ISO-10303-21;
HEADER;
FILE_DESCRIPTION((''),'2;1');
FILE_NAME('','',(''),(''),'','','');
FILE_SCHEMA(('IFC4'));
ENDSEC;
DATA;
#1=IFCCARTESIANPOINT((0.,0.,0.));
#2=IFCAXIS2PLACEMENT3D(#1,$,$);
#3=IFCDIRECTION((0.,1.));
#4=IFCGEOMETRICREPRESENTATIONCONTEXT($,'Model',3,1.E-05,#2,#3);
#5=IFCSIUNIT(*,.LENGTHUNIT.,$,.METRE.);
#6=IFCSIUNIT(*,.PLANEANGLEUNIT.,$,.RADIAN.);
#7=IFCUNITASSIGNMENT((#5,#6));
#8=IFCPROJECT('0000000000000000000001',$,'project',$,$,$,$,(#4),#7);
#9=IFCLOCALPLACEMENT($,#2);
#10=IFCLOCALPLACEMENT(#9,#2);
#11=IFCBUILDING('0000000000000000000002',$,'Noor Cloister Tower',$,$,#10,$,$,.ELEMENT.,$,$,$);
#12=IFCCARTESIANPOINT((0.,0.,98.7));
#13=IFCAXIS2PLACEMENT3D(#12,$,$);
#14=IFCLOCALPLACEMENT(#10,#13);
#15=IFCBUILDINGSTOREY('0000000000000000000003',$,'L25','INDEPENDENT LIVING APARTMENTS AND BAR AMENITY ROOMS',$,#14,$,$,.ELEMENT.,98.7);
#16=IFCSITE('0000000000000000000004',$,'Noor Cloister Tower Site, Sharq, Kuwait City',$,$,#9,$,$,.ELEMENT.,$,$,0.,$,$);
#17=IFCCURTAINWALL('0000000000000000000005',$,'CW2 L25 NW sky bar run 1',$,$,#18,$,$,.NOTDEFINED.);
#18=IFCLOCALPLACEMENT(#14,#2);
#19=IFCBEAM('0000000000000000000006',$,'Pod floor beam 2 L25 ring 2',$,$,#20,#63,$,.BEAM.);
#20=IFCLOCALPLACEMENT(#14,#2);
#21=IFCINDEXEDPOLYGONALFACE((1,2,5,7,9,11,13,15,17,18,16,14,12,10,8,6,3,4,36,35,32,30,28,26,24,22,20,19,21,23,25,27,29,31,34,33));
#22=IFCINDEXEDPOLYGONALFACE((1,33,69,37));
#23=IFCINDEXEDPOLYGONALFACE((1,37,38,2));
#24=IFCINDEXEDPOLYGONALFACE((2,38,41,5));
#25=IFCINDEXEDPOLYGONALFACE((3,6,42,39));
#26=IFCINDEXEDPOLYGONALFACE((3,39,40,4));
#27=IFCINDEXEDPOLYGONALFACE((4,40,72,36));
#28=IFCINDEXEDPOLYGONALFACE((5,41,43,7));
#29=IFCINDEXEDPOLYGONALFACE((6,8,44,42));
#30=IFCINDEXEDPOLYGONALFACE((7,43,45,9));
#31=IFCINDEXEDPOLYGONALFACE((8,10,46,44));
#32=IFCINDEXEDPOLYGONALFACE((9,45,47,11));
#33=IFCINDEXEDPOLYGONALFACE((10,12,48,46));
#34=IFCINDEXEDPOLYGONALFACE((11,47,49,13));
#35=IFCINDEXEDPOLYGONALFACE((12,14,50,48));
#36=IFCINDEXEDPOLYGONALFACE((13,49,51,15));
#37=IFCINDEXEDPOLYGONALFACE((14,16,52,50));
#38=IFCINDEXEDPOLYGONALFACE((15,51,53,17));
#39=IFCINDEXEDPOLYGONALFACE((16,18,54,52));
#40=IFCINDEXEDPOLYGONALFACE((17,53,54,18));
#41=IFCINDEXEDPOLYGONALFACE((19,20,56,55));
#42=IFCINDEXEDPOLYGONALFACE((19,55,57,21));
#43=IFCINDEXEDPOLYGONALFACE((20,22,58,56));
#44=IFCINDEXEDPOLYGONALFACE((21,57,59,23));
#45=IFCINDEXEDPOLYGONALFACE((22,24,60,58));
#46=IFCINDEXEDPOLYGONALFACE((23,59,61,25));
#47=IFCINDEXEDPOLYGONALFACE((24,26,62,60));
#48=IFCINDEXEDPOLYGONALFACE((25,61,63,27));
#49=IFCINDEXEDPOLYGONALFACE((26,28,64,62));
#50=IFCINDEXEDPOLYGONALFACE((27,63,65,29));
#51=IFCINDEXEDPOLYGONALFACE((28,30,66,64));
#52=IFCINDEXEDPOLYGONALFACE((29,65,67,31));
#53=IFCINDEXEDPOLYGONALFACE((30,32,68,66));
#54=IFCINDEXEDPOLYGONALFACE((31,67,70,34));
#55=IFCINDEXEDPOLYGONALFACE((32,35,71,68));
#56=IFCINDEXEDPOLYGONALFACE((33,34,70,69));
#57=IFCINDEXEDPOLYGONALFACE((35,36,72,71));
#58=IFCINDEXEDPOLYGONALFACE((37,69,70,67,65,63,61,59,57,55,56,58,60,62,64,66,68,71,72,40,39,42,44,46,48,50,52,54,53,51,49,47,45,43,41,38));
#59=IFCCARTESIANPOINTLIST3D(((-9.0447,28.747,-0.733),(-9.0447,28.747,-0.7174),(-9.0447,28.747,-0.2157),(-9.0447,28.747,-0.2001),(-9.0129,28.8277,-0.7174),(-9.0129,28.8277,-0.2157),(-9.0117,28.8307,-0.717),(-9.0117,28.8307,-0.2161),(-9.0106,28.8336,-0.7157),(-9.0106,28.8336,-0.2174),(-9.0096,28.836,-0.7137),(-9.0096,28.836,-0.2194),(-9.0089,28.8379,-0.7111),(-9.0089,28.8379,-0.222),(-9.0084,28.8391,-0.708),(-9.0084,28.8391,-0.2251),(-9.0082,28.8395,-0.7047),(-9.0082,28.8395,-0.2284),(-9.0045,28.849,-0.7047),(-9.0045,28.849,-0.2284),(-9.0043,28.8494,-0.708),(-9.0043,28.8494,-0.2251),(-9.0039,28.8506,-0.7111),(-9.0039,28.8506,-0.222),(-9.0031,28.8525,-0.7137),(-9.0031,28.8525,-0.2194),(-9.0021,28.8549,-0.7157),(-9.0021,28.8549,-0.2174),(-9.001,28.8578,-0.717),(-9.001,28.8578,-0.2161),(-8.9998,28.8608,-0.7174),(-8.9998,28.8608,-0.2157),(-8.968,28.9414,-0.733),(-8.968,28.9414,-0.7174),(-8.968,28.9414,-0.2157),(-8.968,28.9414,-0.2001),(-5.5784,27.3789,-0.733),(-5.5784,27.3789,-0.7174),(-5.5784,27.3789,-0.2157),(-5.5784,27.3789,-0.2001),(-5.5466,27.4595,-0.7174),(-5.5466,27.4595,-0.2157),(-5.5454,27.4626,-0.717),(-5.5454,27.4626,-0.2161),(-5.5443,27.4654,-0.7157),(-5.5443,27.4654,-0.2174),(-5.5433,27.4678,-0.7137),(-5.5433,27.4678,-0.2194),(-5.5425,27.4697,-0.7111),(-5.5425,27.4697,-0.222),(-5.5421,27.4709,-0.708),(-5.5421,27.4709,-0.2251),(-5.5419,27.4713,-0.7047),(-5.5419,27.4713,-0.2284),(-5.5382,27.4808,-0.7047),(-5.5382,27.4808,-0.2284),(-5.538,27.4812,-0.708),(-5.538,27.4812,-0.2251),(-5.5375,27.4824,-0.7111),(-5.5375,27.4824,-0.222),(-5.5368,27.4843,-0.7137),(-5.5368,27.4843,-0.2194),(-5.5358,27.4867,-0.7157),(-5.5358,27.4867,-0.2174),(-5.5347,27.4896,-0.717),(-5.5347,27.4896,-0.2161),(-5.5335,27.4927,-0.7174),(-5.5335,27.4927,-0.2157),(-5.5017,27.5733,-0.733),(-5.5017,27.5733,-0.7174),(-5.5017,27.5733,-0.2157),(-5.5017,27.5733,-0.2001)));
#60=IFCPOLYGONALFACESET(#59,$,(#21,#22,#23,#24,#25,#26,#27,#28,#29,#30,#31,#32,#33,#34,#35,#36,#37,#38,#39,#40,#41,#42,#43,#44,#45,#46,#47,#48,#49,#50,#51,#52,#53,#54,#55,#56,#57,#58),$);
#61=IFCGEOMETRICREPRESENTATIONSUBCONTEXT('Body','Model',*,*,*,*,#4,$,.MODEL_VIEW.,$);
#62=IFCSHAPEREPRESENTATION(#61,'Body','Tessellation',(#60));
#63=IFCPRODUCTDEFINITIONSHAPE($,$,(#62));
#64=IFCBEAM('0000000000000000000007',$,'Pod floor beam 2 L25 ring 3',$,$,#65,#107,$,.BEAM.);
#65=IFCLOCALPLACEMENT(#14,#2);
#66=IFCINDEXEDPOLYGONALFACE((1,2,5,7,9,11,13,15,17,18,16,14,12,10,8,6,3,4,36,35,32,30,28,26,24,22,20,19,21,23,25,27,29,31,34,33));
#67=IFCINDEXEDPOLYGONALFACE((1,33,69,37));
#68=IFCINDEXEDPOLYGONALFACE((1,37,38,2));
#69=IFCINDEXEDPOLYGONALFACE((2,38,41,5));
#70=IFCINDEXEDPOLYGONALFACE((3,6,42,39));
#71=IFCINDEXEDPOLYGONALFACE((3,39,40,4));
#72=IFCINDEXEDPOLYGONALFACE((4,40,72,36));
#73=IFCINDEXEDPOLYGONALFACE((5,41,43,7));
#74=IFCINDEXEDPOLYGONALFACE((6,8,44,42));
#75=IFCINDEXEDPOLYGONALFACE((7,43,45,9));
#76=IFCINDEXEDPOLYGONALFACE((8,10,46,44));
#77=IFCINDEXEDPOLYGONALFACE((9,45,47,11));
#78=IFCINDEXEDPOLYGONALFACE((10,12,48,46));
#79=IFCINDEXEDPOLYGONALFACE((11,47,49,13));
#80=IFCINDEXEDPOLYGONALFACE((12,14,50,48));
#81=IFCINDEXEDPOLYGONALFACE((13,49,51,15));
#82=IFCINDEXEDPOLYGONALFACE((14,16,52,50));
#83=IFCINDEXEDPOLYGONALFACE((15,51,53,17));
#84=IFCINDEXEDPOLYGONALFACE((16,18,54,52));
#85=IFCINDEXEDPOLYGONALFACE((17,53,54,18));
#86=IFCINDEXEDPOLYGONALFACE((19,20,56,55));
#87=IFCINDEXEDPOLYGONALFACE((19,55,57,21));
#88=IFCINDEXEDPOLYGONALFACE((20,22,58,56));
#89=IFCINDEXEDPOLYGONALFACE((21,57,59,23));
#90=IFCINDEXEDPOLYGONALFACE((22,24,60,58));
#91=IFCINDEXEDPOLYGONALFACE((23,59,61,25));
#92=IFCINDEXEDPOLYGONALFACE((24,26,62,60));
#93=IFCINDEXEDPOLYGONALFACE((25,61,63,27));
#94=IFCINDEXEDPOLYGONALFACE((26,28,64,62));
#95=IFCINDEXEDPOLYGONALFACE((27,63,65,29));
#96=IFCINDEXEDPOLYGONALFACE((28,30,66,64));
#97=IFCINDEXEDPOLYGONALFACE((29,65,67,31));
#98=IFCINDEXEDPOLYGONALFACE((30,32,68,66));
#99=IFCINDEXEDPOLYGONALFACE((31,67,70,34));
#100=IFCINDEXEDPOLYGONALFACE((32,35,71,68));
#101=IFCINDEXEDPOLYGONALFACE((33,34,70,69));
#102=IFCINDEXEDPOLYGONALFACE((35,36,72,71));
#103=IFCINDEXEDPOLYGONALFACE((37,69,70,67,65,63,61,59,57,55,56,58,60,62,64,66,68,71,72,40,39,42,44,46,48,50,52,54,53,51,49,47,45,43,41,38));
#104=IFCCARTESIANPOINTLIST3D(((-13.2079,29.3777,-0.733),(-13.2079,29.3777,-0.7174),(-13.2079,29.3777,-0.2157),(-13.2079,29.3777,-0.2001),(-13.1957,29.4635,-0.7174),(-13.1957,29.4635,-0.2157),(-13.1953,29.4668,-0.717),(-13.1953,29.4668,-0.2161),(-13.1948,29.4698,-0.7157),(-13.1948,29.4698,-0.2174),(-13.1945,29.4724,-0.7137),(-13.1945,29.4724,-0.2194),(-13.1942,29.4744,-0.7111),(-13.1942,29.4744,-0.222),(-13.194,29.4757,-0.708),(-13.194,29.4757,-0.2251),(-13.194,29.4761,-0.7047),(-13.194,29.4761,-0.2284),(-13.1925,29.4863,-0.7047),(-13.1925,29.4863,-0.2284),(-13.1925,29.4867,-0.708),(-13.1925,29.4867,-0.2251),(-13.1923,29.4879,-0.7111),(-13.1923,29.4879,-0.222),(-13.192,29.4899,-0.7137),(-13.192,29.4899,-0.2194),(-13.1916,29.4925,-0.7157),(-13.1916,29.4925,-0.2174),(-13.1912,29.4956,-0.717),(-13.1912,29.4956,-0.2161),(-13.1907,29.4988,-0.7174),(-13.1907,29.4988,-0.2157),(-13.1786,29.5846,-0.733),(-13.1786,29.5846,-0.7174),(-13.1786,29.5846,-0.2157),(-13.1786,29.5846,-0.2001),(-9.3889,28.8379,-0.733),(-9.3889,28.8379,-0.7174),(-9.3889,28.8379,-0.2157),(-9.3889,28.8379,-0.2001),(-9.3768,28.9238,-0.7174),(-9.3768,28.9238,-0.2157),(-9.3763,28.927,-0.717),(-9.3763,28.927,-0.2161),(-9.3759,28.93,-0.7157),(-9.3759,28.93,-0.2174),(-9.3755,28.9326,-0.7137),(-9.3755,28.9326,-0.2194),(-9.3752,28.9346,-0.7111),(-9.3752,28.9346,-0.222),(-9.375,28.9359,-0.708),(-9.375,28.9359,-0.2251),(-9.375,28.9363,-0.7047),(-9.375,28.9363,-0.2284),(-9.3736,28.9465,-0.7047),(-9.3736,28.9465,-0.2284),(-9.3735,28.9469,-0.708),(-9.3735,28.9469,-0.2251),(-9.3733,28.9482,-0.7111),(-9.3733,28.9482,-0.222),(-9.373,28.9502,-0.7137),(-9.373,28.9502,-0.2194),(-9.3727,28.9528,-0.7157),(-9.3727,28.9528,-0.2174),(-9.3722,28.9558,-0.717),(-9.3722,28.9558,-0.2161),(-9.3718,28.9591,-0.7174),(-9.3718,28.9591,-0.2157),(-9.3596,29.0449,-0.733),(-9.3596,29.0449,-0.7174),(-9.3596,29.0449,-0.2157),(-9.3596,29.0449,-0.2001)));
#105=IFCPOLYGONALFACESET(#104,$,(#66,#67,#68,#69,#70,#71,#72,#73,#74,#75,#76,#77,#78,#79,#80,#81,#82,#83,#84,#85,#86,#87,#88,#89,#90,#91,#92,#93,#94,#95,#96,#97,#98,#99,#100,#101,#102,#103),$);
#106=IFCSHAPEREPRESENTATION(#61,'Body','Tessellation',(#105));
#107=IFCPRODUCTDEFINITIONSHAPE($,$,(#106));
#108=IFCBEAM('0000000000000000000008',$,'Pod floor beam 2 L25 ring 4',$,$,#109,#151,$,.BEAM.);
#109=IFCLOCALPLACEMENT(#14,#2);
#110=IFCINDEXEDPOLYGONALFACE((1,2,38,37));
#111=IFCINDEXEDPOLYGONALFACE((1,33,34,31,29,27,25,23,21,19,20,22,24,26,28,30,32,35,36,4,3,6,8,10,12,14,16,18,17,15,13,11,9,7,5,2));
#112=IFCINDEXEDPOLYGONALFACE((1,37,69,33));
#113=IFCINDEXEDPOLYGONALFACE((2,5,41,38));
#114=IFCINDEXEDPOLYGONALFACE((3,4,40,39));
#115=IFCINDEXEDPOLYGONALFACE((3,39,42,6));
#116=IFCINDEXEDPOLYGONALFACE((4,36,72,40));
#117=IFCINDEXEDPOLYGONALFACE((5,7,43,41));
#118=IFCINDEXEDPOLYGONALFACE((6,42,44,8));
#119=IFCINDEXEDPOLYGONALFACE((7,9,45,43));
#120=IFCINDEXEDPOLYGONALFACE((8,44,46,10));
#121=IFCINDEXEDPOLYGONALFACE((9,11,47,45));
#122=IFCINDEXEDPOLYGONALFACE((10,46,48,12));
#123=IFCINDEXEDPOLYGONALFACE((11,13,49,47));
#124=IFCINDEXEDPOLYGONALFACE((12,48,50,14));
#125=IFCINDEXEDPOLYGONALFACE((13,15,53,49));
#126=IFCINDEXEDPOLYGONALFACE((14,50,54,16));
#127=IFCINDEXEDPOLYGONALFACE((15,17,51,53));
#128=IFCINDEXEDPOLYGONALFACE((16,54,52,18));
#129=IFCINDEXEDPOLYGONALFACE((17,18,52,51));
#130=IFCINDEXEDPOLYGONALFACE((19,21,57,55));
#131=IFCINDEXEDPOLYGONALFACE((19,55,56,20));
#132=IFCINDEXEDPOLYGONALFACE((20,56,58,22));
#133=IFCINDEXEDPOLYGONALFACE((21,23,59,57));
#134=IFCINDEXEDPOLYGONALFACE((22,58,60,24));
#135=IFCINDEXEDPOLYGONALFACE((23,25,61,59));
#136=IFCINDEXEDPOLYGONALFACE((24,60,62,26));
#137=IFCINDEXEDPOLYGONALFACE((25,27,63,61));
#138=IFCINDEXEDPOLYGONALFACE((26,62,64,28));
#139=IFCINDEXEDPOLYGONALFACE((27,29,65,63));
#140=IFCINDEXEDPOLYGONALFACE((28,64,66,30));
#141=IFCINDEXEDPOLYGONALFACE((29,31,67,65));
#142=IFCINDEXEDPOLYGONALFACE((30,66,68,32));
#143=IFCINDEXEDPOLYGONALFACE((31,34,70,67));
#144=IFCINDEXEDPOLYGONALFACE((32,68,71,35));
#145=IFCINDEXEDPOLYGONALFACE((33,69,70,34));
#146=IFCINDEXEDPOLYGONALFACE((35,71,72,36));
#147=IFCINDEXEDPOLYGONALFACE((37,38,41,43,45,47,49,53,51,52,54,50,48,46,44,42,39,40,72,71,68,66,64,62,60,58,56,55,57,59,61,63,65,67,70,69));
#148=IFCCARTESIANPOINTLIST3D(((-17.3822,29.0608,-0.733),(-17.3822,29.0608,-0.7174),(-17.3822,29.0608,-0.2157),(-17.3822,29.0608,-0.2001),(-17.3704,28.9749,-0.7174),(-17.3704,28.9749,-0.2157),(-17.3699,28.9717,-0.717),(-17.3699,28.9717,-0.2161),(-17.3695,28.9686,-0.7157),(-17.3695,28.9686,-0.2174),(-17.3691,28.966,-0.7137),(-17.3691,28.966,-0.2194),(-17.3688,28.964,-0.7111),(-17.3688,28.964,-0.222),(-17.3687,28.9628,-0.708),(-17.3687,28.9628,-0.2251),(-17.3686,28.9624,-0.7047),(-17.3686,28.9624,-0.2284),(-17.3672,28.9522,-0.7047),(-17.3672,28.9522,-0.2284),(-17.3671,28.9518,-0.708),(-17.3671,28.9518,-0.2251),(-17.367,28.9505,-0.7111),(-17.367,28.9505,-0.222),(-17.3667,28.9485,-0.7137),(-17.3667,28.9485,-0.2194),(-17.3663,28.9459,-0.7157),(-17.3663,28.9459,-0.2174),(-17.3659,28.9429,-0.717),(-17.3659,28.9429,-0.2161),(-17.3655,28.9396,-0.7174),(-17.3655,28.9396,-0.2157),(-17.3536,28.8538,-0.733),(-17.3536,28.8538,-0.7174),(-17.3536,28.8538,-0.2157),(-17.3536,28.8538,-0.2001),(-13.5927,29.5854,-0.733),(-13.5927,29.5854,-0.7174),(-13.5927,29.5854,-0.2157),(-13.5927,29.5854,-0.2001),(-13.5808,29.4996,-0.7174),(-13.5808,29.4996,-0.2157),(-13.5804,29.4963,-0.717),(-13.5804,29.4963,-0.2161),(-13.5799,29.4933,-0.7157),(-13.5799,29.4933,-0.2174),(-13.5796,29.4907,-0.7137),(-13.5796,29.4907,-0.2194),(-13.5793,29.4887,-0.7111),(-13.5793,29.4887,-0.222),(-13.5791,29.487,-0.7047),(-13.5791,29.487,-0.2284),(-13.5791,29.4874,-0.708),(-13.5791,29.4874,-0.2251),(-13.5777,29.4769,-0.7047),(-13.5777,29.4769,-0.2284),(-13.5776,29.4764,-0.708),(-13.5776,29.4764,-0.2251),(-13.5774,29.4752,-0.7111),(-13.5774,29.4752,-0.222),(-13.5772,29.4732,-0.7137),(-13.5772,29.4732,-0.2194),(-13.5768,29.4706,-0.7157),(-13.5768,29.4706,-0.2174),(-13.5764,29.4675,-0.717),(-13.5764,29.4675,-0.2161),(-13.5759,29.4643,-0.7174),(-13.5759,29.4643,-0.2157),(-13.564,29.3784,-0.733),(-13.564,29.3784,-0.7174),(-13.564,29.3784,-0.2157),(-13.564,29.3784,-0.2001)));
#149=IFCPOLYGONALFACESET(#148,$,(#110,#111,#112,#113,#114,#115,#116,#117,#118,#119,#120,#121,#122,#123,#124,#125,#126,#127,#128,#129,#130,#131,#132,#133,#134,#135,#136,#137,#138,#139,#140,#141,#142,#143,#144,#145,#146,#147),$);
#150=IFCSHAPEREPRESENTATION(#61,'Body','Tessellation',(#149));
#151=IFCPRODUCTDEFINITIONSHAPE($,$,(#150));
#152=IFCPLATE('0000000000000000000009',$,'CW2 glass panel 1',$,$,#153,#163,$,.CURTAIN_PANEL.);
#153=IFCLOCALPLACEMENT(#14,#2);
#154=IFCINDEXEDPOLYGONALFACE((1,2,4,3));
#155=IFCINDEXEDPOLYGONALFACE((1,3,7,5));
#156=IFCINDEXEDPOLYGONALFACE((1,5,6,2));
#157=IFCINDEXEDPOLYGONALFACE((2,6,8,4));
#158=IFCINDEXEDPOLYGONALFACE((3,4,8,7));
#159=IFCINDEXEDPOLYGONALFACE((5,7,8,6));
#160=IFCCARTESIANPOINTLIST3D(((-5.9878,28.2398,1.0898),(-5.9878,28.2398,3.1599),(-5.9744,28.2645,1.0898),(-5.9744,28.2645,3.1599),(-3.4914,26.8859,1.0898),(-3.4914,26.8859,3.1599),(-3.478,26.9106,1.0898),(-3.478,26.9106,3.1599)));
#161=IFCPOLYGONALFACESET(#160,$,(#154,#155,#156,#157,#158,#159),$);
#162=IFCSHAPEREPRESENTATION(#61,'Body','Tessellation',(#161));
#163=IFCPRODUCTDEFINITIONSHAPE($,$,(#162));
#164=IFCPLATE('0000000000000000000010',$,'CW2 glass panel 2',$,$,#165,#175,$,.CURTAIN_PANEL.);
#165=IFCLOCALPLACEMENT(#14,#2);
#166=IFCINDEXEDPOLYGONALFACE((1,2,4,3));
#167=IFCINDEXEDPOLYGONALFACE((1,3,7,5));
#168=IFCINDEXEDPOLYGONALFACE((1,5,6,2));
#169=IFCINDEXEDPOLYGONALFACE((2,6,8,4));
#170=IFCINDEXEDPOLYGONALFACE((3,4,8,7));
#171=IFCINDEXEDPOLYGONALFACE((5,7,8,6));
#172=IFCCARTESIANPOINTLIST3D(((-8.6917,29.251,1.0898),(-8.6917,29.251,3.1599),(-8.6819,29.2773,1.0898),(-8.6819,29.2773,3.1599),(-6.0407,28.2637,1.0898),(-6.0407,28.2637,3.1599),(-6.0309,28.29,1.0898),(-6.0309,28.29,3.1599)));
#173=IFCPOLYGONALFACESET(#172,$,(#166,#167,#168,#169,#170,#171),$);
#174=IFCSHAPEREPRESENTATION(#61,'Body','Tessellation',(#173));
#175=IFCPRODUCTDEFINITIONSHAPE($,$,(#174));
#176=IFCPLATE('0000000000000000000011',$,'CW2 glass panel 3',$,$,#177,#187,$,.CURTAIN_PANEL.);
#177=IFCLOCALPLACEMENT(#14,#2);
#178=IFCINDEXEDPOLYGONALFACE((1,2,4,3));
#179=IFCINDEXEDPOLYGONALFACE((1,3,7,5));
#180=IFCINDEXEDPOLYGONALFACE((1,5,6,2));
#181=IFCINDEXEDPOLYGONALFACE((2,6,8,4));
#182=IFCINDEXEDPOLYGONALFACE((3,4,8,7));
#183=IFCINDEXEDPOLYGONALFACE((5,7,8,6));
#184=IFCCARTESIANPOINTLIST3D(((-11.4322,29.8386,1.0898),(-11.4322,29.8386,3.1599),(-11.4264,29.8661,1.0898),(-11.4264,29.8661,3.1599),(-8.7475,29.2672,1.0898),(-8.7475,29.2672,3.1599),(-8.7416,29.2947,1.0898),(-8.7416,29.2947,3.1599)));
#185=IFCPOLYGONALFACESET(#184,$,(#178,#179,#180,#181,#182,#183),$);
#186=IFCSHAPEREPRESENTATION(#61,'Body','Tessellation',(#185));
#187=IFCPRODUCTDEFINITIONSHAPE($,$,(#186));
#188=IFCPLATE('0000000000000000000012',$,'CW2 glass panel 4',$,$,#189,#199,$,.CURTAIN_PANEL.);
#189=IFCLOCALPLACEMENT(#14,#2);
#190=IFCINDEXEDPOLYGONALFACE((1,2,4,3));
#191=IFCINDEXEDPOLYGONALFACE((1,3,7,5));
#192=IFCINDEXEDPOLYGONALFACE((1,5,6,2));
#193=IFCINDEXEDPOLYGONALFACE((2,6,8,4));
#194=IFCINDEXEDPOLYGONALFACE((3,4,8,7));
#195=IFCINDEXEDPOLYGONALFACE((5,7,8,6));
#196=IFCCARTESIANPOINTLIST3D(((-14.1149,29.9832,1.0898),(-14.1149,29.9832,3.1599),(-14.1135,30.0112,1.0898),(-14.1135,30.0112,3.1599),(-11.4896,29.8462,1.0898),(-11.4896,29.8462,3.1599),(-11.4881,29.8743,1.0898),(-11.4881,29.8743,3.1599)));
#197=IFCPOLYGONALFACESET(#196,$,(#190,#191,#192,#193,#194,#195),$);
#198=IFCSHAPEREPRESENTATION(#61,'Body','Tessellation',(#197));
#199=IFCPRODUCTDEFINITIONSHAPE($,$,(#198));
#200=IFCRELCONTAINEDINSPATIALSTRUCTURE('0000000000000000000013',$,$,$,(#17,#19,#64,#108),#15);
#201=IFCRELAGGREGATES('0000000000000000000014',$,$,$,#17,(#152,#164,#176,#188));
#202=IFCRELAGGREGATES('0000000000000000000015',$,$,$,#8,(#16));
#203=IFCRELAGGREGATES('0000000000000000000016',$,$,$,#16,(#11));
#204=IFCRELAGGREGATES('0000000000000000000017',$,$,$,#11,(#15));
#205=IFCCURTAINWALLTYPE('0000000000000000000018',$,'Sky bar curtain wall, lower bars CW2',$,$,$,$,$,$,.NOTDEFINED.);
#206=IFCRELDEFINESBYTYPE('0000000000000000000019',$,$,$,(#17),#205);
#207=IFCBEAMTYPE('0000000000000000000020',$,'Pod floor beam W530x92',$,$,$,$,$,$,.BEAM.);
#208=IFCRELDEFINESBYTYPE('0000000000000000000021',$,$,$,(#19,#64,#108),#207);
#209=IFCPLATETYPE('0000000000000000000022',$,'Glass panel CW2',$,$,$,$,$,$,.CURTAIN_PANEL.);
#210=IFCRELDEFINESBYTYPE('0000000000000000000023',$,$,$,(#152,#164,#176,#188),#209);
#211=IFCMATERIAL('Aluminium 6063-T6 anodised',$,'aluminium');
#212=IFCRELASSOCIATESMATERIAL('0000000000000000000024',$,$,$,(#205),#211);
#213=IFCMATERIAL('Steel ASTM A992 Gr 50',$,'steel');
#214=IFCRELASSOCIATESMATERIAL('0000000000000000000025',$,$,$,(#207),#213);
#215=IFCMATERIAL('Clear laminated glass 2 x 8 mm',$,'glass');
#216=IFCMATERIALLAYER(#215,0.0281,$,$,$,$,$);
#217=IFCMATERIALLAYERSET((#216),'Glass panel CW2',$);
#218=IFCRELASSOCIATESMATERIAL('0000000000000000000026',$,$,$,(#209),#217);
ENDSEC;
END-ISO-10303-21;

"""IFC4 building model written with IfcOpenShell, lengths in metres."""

from ifc_helpers import new_model, si_unit, direction, frame, origin, origin_2d, place, context, subcontext, project, spatial, rectangle, i_section, extrude, material, layer, layer_set, material_profile, profile_set, type_object, element, aggregate, save


model = new_model("IFC4")

# Units and contexts
model_context = context("Model", 3, precision=1e-05, world=origin(), true_north=direction((0.0, 1.0)))
body_context = subcontext(model_context, "Body", "Model", "MODEL_VIEW")
ifc_project = project(units=[si_unit("LENGTHUNIT", "METRE"), si_unit("PLANEANGLEUNIT", "RADIAN")], contexts=[model_context])

# Site, building, storey
site_placement = place(None, origin())
site = spatial("IfcSite", under=ifc_project, at=site_placement, Name="Noor Cloister Tower Site, Sharq, Kuwait City", CompositionType="ELEMENT", RefElevation=0.0)
building_placement = place(site_placement, origin())
building = spatial("IfcBuilding", under=site, at=building_placement, Name="Noor Cloister Tower", CompositionType="ELEMENT")
storey_placement = place(building_placement, frame((0.0, 0.0, 98.7)))
storey = spatial("IfcBuildingStorey", under=building, at=storey_placement, Name="L25", Description="INDEPENDENT LIVING APARTMENTS AND BAR AMENITY ROOMS", CompositionType="ELEMENT", Elevation=98.7)

# Curtain wall
ifc_material_1 = material(Name="Aluminium 6063-T6 anodised", Category="aluminium")
curtain_wall_type = type_object("IfcCurtainWallType", Name="Sky bar curtain wall, lower bars CW2", PredefinedType="NOTDEFINED", material=ifc_material_1)
curtain_wall_placement = place(storey_placement, origin())
curtain_wall = element("IfcCurtainWall", 1, at=curtain_wall_placement, inside=storey, type_object=curtain_wall_type, Name="CW2 L25 NW sky bar run 1", PredefinedType="NOTDEFINED")

# Beams
ifc_material_2 = material(Name="Steel ASTM A992 Gr 50", Category="steel")
ifc_material_profile_1 = material_profile(ifc_material_2, i_section(OverallWidth=0.209, OverallDepth=0.533, WebThickness=0.0103, FlangeThickness=0.0156, FilletRadius=0.0127, at=origin_2d()), Name="W530x92")
ifc_profile_set_1 = profile_set([ifc_material_profile_1], Name="Steel ASTM A992 Gr 50")
beam_type = type_object("IfcBeamType", Name="Pod floor beam W530x92", PredefinedType="BEAM", material=ifc_profile_set_1)
beam_1_placement = place(storey_placement, frame((-5.54, 27.4761, -0.4666), z_axis=(-0.930166, 0.36714, 0.0), x_axis=(-0.36714, -0.930166, 0.0)))
element("IfcBeam", 2, at=beam_1_placement, inside=storey, type_object=beam_type, Name="Pod floor beam 2 L25 ring 2", PredefinedType="BEAM", context=body_context, shape_type="SweptSolid", body=[
    extrude(i_section(OverallWidth=0.209, OverallDepth=0.533, WebThickness=0.0103, FlangeThickness=0.0156, FilletRadius=0.0127, at=origin_2d()), origin(), (0.0, 0.0, 1.0), 3.7266),
])
beam_2_placement = place(storey_placement, frame((-9.3743, 28.9414, -0.4666), z_axis=(-0.990159, 0.13995, 0.0), x_axis=(-0.13995, -0.990159, 0.0)))
element("IfcBeam", 3, at=beam_2_placement, inside=storey, type_object=beam_type, Name="Pod floor beam 2 L25 ring 3", PredefinedType="BEAM", context=body_context, shape_type="SweptSolid", body=[
    extrude(i_section(OverallWidth=0.209, OverallDepth=0.533, WebThickness=0.0103, FlangeThickness=0.0156, FilletRadius=0.0127, at=origin_2d()), origin(), (0.0, 0.0, 1.0), 3.8569),
])
beam_3_placement = place(storey_placement, frame((-13.5784, 29.4819, -0.4666), z_axis=(-0.990552, -0.137141, 0.0), x_axis=(0.137141, -0.990552, 0.0)))
element("IfcBeam", 4, at=beam_3_placement, inside=storey, type_object=beam_type, Name="Pod floor beam 2 L25 ring 4", PredefinedType="BEAM", context=body_context, shape_type="SweptSolid", body=[
    extrude(i_section(OverallWidth=0.209, OverallDepth=0.533, WebThickness=0.0103, FlangeThickness=0.0156, FilletRadius=0.0127, at=origin_2d()), origin(), (0.0, 0.0, 1.0), 3.8257),
])

# Plates
ifc_material_3 = material(Name="Clear laminated glass 2 x 8 mm", Category="glass")
ifc_layer_1 = layer(ifc_material_3, 0.0281)
ifc_layer_set_1 = layer_set([ifc_layer_1], Name="Glass panel CW2")
plate_type = type_object("IfcPlateType", Name="Glass panel CW2", PredefinedType="CURTAIN_PANEL", material=ifc_layer_set_1)
plate_1_placement = place(storey_placement, frame((-4.7329, 27.5752, 1.0898), z_axis=(0.0, 0.0, 1.0), x_axis=(-0.879048, 0.476734, 0.0)))
plate_1 = element("IfcPlate", 5, at=plate_1_placement, type_object=plate_type, Name="CW2 glass panel 1", PredefinedType="CURTAIN_PANEL", context=body_context, shape_type="SweptSolid", body=[
    extrude(rectangle(XDim=2.8398, YDim=0.0281, at=origin_2d()), origin(), (0.0, 0.0, 1.0), 2.0701),
])
plate_2_placement = place(storey_placement, frame((-7.3613, 28.7705, 1.0898), z_axis=(0.0, 0.0, 1.0), x_axis=(-0.937124, 0.348997, 0.0)))
plate_2 = element("IfcPlate", 6, at=plate_2_placement, type_object=plate_type, Name="CW2 glass panel 2", PredefinedType="CURTAIN_PANEL", context=body_context, shape_type="SweptSolid", body=[
    extrude(rectangle(XDim=2.8289, YDim=0.0281, at=origin_2d()), origin(), (0.0, 0.0, 1.0), 2.0701),
])
plate_3_placement = place(storey_placement, frame((-10.0869, 29.5667, 1.0898), z_axis=(0.0, 0.0, 1.0), x_axis=(-0.978092, 0.208175, 0.0)))
plate_3 = element("IfcPlate", 7, at=plate_3_placement, type_object=plate_type, Name="CW2 glass panel 3", PredefinedType="CURTAIN_PANEL", context=body_context, shape_type="SweptSolid", body=[
    extrude(rectangle(XDim=2.7449, YDim=0.0281, at=origin_2d()), origin(), (0.0, 0.0, 1.0), 2.0701),
])
plate_4_placement = place(storey_placement, frame((-12.8015, 29.9287, 1.0898), z_axis=(0.0, 0.0, 1.0), x_axis=(-0.998642, 0.052089, 0.0)))
plate_4 = element("IfcPlate", 8, at=plate_4_placement, type_object=plate_type, Name="CW2 glass panel 4", PredefinedType="CURTAIN_PANEL", context=body_context, shape_type="SweptSolid", body=[
    extrude(rectangle(XDim=2.6289, YDim=0.0281, at=origin_2d()), origin(), (0.0, 0.0, 1.0), 2.0701),
])
aggregate(curtain_wall, [plate_1, plate_2, plate_3, plate_4])

save(model, "model.ifc")
